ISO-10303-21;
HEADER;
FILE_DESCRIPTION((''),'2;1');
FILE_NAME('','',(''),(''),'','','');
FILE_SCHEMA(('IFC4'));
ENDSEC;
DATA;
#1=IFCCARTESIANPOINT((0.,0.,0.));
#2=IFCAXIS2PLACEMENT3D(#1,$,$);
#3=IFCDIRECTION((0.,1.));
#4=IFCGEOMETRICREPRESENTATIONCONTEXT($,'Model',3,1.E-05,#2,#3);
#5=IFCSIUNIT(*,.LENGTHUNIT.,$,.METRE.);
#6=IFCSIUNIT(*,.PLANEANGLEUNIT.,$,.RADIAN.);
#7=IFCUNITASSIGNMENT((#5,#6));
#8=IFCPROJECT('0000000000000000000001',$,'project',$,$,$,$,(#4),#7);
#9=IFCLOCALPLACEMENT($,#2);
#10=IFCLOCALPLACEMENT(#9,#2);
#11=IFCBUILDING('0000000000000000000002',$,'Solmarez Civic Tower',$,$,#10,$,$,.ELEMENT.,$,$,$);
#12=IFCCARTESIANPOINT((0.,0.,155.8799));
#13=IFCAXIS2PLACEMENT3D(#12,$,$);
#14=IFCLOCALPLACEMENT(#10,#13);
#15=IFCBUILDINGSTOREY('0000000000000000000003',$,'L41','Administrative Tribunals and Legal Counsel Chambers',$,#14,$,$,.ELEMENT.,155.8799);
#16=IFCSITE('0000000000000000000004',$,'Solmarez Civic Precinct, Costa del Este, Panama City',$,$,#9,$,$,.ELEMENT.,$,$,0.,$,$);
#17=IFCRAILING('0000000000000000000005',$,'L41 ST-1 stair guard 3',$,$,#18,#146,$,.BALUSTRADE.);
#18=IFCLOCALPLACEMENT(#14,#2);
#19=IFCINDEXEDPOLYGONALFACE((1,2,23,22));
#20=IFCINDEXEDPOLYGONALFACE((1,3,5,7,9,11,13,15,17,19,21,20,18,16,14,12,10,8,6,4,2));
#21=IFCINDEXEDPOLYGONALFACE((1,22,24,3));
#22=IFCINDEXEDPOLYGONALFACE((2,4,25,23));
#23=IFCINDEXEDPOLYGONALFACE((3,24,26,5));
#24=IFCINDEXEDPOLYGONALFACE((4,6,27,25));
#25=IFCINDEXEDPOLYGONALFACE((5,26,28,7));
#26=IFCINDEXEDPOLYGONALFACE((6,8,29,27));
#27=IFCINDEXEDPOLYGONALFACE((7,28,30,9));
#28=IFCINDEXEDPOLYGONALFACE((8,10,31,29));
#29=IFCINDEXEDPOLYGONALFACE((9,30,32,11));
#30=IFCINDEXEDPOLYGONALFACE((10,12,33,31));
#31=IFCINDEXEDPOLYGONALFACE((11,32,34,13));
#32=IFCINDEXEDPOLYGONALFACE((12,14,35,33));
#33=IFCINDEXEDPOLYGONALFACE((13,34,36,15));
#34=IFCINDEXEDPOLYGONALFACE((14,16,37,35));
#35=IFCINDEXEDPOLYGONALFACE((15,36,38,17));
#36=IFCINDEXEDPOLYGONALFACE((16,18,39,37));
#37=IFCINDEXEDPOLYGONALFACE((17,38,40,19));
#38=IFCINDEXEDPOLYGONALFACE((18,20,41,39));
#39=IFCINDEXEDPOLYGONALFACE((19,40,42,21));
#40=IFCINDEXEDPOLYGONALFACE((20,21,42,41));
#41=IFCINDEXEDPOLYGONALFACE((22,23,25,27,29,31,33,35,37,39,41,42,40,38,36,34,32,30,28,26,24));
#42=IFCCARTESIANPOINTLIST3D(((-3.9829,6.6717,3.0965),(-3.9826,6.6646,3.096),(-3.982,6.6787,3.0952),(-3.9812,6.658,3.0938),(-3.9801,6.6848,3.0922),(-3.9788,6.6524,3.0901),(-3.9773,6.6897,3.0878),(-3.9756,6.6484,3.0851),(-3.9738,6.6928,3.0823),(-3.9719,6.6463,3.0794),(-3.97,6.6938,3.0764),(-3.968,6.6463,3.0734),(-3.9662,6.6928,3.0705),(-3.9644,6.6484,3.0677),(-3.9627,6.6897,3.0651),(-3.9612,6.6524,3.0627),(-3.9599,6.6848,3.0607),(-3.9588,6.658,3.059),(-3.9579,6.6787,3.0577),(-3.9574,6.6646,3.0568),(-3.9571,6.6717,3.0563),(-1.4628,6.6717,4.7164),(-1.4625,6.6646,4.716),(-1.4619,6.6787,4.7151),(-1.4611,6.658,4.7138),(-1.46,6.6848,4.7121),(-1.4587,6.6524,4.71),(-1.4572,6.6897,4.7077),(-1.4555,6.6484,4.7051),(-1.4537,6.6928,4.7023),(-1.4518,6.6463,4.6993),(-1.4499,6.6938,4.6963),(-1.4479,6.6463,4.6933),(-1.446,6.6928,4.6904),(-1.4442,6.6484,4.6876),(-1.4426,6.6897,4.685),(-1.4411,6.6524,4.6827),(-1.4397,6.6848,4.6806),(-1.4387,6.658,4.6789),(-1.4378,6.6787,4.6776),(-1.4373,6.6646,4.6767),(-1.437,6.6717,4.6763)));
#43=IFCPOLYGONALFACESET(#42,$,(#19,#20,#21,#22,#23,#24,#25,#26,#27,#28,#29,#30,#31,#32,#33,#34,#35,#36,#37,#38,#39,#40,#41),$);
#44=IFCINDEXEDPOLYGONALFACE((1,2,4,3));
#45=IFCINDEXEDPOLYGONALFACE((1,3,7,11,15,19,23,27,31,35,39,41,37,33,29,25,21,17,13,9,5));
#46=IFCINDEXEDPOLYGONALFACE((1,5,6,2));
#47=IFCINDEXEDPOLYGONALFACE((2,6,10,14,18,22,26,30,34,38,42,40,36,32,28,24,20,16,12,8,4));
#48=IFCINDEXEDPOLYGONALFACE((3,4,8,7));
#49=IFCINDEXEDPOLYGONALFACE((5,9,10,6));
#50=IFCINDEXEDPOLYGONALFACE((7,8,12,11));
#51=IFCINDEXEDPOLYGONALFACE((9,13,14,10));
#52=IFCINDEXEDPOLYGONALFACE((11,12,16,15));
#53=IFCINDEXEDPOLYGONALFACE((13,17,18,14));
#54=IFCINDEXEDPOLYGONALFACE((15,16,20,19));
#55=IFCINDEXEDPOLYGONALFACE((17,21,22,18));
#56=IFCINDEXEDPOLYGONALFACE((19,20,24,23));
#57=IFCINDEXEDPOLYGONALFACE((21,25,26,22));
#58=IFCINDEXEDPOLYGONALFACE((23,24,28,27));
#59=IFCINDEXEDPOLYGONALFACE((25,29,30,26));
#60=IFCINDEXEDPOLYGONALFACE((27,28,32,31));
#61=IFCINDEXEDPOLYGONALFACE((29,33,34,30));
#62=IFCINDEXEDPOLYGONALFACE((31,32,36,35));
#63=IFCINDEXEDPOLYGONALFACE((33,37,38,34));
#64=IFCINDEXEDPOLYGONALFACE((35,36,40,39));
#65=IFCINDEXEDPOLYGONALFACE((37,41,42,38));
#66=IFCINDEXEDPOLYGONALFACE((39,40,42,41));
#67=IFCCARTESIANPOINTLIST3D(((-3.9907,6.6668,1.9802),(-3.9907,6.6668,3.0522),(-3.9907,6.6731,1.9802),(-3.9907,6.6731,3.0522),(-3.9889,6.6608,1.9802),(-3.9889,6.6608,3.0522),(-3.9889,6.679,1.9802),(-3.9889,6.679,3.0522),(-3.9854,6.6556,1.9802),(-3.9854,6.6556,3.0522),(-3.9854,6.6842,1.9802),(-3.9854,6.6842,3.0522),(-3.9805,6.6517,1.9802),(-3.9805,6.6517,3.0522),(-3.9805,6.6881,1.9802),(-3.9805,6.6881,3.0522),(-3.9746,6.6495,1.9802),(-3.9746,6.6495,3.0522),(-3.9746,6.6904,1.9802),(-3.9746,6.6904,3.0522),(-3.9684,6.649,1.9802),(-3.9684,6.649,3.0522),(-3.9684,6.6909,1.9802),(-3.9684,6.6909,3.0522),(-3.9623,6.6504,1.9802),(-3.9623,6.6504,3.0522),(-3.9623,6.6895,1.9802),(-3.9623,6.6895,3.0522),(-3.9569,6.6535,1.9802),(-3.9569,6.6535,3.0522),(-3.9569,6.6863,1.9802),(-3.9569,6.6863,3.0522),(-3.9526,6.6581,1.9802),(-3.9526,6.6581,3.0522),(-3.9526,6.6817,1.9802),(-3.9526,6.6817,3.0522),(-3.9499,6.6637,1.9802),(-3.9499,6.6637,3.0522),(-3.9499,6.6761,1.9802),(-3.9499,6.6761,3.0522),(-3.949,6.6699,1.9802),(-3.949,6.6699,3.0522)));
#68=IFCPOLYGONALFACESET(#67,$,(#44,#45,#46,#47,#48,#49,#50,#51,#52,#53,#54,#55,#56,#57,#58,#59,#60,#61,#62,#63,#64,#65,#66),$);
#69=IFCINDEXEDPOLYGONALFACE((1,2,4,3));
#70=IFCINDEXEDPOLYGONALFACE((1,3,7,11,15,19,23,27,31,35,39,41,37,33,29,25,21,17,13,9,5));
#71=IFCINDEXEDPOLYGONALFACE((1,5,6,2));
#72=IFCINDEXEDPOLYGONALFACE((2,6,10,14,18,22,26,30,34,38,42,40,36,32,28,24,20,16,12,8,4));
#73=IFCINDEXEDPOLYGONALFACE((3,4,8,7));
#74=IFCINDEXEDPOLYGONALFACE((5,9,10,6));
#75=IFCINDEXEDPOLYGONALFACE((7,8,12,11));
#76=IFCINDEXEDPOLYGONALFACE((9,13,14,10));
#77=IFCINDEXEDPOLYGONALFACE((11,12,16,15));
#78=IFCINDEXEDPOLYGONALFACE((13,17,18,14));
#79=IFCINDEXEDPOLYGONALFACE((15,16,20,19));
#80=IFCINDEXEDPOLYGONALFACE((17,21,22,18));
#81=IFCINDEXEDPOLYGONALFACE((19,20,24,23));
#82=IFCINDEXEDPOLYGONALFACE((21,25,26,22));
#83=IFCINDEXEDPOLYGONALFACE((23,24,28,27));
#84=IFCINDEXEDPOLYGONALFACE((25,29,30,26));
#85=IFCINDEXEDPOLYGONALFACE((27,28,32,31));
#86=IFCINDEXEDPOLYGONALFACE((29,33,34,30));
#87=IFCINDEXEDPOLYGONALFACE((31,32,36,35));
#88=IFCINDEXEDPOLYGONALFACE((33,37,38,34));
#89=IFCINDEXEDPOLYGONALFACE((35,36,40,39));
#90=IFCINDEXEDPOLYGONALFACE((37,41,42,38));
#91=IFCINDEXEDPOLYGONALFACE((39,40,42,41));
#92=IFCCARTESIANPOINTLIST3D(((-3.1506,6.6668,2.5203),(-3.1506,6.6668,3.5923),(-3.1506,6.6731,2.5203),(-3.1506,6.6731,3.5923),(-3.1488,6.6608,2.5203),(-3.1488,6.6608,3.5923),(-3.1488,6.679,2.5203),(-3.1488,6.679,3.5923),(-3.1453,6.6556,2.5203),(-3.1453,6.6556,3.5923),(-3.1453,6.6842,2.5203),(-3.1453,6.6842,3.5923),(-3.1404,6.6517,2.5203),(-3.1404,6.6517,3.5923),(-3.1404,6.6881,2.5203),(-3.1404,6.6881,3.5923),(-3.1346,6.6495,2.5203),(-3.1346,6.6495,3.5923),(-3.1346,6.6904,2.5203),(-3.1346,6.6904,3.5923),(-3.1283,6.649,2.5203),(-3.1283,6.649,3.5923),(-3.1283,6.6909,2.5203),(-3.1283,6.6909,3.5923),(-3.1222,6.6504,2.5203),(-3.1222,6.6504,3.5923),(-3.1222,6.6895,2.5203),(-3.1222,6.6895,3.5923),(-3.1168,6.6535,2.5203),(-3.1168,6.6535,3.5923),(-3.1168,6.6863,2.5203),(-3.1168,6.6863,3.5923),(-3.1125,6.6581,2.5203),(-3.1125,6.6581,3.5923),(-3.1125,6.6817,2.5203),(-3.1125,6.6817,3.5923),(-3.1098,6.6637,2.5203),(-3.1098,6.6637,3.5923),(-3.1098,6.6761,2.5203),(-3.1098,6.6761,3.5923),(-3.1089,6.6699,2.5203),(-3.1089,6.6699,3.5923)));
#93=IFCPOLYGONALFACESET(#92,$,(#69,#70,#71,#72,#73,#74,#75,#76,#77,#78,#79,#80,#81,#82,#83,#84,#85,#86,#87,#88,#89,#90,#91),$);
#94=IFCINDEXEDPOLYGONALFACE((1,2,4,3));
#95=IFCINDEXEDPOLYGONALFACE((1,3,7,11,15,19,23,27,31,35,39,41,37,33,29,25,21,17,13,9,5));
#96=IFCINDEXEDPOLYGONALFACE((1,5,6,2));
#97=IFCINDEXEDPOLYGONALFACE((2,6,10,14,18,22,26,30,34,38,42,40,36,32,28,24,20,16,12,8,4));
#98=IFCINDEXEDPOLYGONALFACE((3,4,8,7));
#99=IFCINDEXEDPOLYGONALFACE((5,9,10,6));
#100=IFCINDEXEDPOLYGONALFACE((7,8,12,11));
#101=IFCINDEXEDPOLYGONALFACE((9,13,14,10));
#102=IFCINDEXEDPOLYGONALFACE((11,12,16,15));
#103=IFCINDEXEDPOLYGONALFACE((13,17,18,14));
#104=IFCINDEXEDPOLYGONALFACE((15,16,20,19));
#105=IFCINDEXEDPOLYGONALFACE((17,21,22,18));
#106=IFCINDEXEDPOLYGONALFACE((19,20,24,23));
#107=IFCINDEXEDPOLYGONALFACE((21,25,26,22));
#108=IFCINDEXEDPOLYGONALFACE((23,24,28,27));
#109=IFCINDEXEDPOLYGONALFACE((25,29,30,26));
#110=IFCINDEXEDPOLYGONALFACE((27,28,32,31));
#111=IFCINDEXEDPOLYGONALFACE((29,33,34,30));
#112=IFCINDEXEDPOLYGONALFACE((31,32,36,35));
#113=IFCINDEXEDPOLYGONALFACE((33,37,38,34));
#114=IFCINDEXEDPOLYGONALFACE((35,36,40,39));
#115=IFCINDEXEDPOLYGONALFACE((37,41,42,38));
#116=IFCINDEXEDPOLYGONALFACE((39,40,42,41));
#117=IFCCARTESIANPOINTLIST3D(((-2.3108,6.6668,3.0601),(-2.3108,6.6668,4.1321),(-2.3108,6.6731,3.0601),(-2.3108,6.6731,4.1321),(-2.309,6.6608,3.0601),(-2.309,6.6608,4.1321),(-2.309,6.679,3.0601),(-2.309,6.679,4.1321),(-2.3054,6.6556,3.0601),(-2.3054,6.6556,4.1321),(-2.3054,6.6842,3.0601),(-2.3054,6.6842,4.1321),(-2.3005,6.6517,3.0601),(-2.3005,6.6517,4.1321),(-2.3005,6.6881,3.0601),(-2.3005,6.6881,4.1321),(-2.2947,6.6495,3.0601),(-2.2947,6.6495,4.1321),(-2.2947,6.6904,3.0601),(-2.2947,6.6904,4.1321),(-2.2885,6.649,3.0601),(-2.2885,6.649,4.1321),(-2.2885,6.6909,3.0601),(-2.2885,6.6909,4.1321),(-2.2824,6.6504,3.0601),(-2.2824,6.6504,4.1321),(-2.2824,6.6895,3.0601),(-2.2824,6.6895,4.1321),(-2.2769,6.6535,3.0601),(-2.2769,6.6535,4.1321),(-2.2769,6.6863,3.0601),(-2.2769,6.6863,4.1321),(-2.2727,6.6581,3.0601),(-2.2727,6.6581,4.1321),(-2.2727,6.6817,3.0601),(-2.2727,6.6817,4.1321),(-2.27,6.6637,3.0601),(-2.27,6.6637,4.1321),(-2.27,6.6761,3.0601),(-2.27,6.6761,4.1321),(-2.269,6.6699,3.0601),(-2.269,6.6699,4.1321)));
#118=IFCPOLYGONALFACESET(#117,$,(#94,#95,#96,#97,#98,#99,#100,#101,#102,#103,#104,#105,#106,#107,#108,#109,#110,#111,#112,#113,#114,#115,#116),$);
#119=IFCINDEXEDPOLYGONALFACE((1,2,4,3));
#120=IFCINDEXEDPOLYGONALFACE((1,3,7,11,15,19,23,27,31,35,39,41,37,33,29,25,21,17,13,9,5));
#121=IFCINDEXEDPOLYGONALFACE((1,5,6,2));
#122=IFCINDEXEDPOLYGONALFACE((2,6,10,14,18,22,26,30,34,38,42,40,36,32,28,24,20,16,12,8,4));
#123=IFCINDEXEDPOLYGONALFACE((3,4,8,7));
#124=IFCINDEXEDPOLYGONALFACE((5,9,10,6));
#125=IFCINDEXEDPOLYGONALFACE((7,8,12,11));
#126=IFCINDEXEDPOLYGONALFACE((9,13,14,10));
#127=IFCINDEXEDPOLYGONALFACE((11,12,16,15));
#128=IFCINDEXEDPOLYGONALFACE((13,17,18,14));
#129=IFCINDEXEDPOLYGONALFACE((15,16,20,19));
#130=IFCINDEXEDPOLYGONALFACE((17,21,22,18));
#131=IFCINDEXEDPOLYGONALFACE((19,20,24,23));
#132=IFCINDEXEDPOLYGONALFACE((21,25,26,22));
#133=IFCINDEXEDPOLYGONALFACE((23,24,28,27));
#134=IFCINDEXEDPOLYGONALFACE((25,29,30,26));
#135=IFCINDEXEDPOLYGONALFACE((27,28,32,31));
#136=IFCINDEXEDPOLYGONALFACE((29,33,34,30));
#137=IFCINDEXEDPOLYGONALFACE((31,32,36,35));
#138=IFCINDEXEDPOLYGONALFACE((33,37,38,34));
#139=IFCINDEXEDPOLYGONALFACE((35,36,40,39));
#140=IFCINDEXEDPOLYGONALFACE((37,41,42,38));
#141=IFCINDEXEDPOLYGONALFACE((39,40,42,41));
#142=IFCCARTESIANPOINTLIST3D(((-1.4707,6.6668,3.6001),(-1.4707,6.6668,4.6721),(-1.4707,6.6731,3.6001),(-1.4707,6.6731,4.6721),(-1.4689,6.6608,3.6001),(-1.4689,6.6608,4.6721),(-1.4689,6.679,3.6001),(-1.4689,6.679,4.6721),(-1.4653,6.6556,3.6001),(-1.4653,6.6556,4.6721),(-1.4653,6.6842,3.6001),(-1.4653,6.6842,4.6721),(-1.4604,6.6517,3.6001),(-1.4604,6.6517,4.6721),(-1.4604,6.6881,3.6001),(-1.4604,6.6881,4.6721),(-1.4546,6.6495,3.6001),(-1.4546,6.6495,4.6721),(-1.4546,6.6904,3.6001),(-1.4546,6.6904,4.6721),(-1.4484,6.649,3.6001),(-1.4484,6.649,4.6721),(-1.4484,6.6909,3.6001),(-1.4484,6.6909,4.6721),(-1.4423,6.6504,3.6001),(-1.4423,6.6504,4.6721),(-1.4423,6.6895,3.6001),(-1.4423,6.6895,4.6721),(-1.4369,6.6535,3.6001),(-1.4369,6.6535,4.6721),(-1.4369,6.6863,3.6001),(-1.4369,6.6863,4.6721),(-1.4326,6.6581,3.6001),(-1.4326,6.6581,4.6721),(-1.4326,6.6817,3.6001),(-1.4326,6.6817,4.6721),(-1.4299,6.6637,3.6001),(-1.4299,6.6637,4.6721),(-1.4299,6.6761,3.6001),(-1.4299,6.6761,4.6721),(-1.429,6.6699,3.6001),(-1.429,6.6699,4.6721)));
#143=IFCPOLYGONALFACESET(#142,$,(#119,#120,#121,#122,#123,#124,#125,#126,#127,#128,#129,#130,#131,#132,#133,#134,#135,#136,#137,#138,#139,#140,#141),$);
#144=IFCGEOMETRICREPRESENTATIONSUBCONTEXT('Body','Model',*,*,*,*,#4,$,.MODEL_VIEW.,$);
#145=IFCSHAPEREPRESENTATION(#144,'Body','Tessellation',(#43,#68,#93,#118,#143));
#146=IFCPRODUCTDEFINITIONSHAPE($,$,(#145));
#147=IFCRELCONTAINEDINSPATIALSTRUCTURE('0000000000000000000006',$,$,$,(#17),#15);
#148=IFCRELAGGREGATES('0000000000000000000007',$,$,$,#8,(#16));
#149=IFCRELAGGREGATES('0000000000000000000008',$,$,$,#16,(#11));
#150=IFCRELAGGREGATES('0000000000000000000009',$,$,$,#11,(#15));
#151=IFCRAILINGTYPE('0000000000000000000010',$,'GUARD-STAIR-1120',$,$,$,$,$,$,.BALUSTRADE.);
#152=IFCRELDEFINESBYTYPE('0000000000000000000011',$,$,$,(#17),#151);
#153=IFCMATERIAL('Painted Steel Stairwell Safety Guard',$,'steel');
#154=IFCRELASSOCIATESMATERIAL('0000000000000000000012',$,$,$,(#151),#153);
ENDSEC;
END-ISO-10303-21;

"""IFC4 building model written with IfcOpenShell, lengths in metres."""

from ifc_helpers import new_model, si_unit, direction, frame, origin, origin_2d, place, context, subcontext, project, spatial, circle, extrude, material, type_object, element, save


model = new_model("IFC4")

# Units and contexts
model_context = context("Model", 3, precision=1e-05, world=origin(), true_north=direction((0.0, 1.0)))
body_context = subcontext(model_context, "Body", "Model", "MODEL_VIEW")
ifc_project = project(units=[si_unit("LENGTHUNIT", "METRE"), si_unit("PLANEANGLEUNIT", "RADIAN")], contexts=[model_context])

# Site, building, storey
site_placement = place(None, origin())
site = spatial("IfcSite", under=ifc_project, at=site_placement, Name="Solmarez Civic Precinct, Costa del Este, Panama City", CompositionType="ELEMENT", RefElevation=0.0)
building_placement = place(site_placement, origin())
building = spatial("IfcBuilding", under=site, at=building_placement, Name="Solmarez Civic Tower", CompositionType="ELEMENT")
storey_placement = place(building_placement, frame((0.0, 0.0, 155.8799)))
storey = spatial("IfcBuildingStorey", under=building, at=storey_placement, Name="L41", Description="Administrative Tribunals and Legal Counsel Chambers", CompositionType="ELEMENT", Elevation=155.8799)

# Railing
ifc_material_1 = material(Name="Painted Steel Stairwell Safety Guard", Category="steel")
railing_type_1 = type_object("IfcRailingType", Name="GUARD-STAIR-1120", PredefinedType="BALUSTRADE", material=ifc_material_1)
railing_1_placement = place(storey_placement, frame((-3.97, 6.6699, 1.9802)))
element("IfcRailing", 1, at=railing_1_placement, inside=storey, type_object=railing_type_1, Name="L41 ST-1 stair guard 3", PredefinedType="BALUSTRADE", context=body_context, shape_type="SweptSolid", body=[
    extrude(circle(Radius=0.0239, at=origin_2d()), frame((0.0, 0.0, 1.0962), z_axis=(0.8412, 0.0, 0.540725), x_axis=(0.0, 1.0, 0.0)), (0.0, 0.0, 1.0), 2.9958),
    extrude(circle(Radius=0.021, at=origin_2d()), origin(), (0.0, 0.0, 1.0), 1.072),
    extrude(circle(Radius=0.021, at=origin_2d()), frame((0.8401, 0.0, 0.54)), (0.0, 0.0, 1.0), 1.072),
    extrude(circle(Radius=0.021, at=origin_2d()), frame((1.6799, 0.0, 1.0798)), (0.0, 0.0, 1.0), 1.072),
    extrude(circle(Radius=0.021, at=origin_2d()), frame((2.52, 0.0, 1.6199)), (0.0, 0.0, 1.0), 1.072),
])

save(model, "model.ifc")
